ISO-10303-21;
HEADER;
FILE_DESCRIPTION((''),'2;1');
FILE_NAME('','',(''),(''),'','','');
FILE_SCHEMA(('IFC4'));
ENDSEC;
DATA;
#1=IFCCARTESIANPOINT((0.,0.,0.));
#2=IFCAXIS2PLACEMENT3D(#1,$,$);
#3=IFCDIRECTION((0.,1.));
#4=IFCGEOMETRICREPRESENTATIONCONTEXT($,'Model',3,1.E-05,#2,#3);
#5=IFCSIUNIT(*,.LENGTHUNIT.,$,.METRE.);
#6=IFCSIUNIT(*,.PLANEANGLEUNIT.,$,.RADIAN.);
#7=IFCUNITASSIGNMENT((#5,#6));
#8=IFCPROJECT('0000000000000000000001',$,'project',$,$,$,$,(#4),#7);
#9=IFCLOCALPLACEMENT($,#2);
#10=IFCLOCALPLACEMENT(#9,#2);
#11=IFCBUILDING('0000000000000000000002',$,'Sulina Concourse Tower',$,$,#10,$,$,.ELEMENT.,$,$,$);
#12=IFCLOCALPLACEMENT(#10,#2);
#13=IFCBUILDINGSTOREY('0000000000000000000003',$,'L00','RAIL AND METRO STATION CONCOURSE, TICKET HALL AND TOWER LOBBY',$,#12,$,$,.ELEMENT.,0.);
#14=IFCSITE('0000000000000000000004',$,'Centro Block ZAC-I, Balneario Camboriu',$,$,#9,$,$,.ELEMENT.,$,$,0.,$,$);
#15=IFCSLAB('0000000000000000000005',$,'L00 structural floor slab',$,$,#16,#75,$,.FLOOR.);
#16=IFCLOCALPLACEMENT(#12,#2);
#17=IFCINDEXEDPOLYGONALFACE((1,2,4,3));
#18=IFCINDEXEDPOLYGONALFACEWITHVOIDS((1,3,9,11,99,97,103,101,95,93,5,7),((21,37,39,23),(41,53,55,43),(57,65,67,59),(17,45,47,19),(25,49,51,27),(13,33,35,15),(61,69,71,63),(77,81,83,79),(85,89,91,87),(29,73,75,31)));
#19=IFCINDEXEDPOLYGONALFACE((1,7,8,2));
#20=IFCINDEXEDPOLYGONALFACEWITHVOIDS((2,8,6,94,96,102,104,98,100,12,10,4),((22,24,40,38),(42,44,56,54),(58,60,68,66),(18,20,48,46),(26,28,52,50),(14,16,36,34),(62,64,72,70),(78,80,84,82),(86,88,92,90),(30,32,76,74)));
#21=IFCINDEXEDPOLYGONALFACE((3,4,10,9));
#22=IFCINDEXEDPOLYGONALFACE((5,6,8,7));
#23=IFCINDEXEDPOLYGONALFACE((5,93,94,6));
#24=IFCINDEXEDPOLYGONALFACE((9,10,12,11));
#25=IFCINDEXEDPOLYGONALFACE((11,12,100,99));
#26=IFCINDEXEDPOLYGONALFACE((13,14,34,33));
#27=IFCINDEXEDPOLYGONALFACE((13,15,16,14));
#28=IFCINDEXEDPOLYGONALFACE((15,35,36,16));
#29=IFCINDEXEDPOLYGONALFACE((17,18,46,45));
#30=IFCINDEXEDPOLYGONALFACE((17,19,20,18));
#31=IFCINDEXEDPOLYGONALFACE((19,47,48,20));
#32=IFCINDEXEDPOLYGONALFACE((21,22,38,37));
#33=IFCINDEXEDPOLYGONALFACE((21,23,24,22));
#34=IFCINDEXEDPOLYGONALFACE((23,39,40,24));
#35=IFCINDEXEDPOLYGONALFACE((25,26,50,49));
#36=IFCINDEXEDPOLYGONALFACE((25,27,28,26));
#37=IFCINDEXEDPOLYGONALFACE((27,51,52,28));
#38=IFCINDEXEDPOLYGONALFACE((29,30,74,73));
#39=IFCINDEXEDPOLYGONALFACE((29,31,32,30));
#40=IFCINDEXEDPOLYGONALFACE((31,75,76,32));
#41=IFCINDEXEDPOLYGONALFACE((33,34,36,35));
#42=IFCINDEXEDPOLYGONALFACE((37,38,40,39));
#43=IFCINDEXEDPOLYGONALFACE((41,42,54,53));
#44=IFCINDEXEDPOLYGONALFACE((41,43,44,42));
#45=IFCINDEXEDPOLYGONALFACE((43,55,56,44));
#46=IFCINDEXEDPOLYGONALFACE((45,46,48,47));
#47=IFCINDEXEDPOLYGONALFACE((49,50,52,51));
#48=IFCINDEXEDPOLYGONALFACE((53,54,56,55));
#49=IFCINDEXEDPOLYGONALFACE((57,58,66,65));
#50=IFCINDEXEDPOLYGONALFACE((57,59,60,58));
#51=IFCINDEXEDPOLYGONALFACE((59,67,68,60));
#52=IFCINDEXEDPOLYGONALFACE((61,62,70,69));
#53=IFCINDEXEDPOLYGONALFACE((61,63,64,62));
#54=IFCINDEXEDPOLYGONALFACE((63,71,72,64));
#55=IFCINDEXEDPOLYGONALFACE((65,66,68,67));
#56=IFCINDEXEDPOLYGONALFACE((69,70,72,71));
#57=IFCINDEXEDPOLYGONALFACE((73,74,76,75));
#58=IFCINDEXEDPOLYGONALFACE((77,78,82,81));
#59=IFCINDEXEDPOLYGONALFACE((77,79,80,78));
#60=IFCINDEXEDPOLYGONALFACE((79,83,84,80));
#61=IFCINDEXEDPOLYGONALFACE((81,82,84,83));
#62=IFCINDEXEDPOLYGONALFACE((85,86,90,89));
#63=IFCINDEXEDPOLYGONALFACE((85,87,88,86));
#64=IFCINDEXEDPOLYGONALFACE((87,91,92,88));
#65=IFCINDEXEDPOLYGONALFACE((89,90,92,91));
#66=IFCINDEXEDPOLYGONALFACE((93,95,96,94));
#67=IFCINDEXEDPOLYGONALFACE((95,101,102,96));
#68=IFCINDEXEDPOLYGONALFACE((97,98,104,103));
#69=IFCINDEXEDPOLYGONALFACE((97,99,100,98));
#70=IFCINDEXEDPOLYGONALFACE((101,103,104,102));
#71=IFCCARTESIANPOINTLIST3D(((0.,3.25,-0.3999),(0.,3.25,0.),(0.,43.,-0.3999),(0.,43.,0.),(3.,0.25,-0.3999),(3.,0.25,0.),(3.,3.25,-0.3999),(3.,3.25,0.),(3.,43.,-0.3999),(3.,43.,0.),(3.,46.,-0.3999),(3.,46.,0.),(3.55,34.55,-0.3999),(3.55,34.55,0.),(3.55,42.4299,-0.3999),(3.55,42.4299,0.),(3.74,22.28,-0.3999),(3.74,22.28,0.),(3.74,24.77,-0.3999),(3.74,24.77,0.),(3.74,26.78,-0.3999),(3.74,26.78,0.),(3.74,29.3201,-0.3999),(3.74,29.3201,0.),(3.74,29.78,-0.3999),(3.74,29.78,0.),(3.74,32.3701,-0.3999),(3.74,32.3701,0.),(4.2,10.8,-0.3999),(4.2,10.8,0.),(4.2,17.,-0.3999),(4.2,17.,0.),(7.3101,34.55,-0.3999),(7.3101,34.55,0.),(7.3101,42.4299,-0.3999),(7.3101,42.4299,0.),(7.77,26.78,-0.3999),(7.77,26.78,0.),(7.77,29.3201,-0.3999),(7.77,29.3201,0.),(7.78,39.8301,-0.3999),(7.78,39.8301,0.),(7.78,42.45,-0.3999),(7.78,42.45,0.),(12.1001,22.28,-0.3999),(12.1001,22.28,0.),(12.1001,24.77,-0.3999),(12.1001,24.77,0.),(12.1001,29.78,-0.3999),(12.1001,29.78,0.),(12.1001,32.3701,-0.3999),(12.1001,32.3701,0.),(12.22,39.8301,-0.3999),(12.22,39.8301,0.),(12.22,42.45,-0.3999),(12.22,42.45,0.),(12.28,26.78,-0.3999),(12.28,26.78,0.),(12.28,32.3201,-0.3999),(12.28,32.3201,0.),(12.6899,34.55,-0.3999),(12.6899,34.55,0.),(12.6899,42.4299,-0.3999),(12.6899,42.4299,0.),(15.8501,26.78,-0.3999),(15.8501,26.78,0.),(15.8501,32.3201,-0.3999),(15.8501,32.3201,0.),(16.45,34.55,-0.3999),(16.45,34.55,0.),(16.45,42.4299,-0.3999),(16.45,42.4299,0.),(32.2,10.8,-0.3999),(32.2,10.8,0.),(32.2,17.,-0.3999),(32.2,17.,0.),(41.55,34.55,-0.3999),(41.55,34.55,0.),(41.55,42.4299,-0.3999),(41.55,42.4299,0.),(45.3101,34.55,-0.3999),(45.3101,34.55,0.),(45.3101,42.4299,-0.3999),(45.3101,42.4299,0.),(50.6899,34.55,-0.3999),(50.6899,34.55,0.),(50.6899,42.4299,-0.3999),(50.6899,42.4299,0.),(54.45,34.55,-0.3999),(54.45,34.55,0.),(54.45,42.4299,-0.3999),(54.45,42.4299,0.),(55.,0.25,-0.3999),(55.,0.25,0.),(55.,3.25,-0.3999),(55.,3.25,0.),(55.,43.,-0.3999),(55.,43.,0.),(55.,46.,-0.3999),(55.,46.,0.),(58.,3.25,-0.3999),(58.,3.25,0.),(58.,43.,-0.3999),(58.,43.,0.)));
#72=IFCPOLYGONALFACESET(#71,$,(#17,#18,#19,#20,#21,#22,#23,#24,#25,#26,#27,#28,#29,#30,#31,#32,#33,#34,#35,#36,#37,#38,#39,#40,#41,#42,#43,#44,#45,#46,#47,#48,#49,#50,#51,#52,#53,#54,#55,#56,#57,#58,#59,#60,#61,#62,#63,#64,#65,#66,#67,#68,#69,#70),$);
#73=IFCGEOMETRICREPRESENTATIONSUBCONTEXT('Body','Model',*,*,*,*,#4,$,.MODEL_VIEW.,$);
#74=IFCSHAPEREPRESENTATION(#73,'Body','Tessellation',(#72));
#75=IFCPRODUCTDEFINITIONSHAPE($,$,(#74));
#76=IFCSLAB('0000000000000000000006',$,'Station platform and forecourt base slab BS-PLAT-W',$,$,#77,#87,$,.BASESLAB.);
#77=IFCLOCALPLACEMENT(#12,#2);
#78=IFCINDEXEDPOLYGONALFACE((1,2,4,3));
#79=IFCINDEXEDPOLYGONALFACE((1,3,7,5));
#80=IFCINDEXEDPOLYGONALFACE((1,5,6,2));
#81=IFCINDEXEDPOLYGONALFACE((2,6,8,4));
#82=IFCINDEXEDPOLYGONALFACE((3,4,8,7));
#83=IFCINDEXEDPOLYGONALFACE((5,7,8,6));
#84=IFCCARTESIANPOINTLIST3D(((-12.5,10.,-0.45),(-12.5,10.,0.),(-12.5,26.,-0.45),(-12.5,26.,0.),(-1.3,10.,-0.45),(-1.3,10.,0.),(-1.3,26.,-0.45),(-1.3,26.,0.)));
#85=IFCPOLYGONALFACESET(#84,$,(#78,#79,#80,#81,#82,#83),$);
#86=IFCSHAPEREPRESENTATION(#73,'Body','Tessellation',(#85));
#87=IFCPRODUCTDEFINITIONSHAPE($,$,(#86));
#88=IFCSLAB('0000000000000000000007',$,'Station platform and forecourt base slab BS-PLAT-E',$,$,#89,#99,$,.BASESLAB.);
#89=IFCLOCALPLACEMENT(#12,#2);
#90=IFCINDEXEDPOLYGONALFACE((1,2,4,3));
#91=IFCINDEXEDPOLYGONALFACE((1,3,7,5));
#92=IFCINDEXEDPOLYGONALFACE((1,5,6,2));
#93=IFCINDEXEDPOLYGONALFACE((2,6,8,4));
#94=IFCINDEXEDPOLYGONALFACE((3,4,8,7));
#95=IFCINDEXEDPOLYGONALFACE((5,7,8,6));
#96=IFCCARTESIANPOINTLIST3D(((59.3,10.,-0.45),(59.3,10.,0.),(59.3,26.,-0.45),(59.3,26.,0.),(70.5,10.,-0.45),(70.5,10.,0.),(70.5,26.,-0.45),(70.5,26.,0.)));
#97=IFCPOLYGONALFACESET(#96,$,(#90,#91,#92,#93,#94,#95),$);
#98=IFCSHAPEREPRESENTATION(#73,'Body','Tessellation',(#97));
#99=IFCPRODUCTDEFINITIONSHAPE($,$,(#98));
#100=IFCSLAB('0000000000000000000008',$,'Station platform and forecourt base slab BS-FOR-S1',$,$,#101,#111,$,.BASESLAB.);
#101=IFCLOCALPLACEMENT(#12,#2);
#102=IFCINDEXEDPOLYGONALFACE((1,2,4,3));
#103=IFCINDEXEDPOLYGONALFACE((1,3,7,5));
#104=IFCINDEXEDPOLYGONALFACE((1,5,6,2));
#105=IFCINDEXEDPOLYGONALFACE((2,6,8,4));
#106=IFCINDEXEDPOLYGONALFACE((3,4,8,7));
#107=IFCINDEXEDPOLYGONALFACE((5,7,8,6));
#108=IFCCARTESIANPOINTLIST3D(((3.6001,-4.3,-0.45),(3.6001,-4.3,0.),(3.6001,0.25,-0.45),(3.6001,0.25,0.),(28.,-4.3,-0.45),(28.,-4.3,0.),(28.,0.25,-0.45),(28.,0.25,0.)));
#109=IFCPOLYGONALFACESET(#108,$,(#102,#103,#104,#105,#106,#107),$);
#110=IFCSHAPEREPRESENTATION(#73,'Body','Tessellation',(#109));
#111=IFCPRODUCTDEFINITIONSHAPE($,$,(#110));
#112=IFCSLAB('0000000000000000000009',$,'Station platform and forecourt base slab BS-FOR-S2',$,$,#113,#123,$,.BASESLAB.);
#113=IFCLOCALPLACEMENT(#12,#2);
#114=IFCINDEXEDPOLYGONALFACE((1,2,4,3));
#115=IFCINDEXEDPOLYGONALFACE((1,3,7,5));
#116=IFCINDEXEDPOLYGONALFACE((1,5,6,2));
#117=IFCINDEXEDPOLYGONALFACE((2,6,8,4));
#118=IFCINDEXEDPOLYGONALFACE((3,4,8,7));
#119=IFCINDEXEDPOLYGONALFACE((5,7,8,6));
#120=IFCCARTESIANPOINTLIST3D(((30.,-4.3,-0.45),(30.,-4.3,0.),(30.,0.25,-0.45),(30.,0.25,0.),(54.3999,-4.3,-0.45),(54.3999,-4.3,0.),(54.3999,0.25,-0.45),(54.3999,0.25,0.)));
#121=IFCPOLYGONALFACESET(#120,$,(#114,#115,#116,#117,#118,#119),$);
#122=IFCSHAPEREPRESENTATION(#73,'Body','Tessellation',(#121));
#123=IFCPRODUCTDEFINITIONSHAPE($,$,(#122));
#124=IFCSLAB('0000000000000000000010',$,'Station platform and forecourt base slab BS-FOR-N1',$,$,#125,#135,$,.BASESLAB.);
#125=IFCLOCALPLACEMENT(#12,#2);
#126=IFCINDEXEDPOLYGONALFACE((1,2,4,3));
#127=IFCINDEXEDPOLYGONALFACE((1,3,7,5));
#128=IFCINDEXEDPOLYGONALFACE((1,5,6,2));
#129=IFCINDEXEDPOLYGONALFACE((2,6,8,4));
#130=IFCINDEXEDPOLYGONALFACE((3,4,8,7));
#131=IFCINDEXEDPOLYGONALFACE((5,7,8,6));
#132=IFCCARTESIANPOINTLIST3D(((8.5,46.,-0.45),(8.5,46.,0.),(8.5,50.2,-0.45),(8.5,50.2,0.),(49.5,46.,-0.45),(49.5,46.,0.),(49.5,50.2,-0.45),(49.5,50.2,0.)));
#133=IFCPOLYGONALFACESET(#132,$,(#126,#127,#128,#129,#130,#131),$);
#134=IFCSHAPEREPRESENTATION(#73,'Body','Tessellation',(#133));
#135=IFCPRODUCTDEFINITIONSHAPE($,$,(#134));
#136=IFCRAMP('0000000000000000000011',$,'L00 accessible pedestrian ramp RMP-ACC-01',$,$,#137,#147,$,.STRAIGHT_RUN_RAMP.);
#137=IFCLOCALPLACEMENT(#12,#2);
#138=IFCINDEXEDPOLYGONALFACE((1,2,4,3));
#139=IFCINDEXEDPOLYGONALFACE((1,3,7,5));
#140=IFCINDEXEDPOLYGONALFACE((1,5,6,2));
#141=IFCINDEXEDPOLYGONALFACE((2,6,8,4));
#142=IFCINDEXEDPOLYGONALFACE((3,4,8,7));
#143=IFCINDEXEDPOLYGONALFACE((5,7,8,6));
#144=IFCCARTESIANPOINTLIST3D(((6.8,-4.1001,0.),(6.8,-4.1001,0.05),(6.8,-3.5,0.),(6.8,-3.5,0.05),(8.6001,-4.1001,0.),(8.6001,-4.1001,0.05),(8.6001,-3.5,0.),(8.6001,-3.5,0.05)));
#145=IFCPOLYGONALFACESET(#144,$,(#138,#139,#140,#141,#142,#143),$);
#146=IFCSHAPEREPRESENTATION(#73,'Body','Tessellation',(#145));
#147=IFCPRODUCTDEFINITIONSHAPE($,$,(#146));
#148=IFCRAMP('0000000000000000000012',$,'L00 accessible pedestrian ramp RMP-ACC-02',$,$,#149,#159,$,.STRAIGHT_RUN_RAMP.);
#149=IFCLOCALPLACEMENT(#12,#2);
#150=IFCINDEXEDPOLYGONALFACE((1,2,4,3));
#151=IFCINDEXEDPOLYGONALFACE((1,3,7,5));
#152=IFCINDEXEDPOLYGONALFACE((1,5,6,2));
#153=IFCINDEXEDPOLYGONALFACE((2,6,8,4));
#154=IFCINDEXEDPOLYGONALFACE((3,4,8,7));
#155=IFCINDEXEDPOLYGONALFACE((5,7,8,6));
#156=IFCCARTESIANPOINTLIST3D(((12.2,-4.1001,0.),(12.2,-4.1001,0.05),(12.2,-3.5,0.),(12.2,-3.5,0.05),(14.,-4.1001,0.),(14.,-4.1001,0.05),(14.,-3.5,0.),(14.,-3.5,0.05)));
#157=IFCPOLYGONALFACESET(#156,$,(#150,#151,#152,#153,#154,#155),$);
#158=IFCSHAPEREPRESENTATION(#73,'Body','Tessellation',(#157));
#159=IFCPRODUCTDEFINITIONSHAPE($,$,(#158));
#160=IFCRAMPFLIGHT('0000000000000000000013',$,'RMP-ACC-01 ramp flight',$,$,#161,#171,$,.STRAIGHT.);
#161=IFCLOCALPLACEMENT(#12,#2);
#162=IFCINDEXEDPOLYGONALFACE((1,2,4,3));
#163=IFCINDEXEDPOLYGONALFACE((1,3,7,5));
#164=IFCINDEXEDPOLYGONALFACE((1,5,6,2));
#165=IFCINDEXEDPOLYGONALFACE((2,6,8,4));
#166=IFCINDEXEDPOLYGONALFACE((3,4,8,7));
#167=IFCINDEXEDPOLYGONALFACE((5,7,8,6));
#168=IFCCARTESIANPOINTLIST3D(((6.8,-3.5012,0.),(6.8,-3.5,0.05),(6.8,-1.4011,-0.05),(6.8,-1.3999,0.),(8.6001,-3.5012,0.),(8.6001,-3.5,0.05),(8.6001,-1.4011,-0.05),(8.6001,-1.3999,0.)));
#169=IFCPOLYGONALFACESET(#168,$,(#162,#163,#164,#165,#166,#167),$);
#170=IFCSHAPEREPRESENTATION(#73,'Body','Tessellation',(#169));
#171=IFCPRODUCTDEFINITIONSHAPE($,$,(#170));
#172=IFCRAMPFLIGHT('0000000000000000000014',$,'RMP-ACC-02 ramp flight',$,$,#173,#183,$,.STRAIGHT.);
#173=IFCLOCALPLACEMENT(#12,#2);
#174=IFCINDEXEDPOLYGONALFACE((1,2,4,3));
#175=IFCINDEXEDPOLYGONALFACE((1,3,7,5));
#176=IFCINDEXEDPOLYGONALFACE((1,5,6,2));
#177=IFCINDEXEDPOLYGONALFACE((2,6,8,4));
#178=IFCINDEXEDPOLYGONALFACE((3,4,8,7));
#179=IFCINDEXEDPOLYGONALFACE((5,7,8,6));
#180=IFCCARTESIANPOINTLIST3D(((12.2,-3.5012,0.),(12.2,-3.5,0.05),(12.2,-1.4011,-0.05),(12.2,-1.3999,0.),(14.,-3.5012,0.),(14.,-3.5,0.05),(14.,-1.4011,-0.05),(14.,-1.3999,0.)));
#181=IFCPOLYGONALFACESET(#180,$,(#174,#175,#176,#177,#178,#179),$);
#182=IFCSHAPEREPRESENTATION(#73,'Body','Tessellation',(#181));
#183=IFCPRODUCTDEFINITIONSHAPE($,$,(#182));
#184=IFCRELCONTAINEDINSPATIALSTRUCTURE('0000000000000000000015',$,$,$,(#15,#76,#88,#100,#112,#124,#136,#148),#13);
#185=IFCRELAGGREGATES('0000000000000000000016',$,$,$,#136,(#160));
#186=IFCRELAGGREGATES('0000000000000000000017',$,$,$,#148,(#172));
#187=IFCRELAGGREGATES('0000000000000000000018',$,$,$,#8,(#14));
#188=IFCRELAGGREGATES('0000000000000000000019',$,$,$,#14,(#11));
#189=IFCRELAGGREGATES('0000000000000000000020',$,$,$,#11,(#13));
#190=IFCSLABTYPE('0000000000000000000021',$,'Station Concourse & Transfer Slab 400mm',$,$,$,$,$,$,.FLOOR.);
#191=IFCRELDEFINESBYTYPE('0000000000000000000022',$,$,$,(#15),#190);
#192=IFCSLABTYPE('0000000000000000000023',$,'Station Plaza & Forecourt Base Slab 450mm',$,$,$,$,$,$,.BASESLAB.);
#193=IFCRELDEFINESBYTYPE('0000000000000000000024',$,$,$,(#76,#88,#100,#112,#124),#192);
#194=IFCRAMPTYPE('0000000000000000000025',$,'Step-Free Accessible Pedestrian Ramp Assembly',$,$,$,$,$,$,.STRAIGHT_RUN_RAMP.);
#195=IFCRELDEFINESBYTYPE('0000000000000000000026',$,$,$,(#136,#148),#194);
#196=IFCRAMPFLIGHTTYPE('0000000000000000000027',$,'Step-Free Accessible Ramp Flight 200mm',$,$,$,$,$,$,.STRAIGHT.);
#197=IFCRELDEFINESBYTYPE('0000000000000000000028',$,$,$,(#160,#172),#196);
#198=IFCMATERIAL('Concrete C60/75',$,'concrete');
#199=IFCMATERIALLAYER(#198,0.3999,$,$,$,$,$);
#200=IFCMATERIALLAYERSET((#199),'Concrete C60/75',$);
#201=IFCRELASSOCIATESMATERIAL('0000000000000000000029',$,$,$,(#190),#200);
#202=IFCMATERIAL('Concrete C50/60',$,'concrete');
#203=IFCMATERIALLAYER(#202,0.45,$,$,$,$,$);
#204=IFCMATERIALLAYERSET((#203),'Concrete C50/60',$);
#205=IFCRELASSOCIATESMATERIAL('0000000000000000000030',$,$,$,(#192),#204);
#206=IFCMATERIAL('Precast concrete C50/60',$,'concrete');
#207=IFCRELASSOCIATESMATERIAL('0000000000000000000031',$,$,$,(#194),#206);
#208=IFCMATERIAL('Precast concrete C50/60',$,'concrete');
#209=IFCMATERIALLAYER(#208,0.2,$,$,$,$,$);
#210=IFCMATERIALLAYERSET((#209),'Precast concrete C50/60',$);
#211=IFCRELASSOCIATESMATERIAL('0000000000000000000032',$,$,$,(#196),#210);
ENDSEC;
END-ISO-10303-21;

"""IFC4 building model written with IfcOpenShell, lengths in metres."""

from ifc_helpers import new_model, si_unit, direction, frame, origin, place, context, subcontext, project, spatial, polyline, outline, extrude, material, layer, layer_set, type_object, element, aggregate, save


model = new_model("IFC4")

# Units and contexts
model_context = context("Model", 3, precision=1e-05, world=origin(), true_north=direction((0.0, 1.0)))
body_context = subcontext(model_context, "Body", "Model", "MODEL_VIEW")
ifc_project = project(units=[si_unit("LENGTHUNIT", "METRE"), si_unit("PLANEANGLEUNIT", "RADIAN")], contexts=[model_context])

# Site, building, storey
site_placement = place(None, origin())
site = spatial("IfcSite", under=ifc_project, at=site_placement, Name="Centro Block ZAC-I, Balneario Camboriu", CompositionType="ELEMENT", RefElevation=0.0)
building_placement = place(site_placement, origin())
building = spatial("IfcBuilding", under=site, at=building_placement, Name="Sulina Concourse Tower", CompositionType="ELEMENT")
storey_placement = place(building_placement, origin())
storey = spatial("IfcBuildingStorey", under=building, at=storey_placement, Name="L00", Description="RAIL AND METRO STATION CONCOURSE, TICKET HALL AND TOWER LOBBY", CompositionType="ELEMENT", Elevation=0.0)

# Slabs
ifc_material_1 = material(Name="Concrete C60/75", Category="concrete")
ifc_layer_1 = layer(ifc_material_1, 0.3999)
ifc_layer_set_1 = layer_set([ifc_layer_1], Name="Concrete C60/75")
slab_type_1 = type_object("IfcSlabType", Name="Station Concourse & Transfer Slab 400mm", PredefinedType="FLOOR", material=ifc_layer_set_1)
slab_1_placement = place(storey_placement, frame((0.0, 0.0, -0.3999)))
element("IfcSlab", 1, at=slab_1_placement, inside=storey, type_object=slab_type_1, Name="L00 structural floor slab", PredefinedType="FLOOR", context=body_context, shape_type="SweptSolid", body=[
    extrude(outline(polyline([(3.0, 0.25), (55.0, 0.25), (55.0, 3.25), (58.0, 3.25), (58.0, 43.0), (55.0, 43.0), (55.0, 46.0), (3.0, 46.0), (3.0, 43.0), (0.0, 43.0), (0.0, 3.25), (3.0, 3.25), (3.0, 0.25)]), holes=[polyline([(7.3101, 34.55), (7.3101, 42.4299), (3.55, 42.4299), (3.55, 34.55), (7.3101, 34.55)]), polyline([(16.45, 34.55), (16.45, 42.4299), (12.6899, 42.4299), (12.6899, 34.55), (16.45, 34.55)]), polyline([(45.3101, 34.55), (45.3101, 42.4299), (41.55, 42.4299), (41.55, 34.55), (45.3101, 34.55)]), polyline([(54.45, 34.55), (54.45, 42.4299), (50.6899, 42.4299), (50.6899, 34.55), (54.45, 34.55)]), polyline([(4.2, 10.8), (32.2, 10.8), (32.2, 17.0), (4.2, 17.0), (4.2, 10.8)]), polyline([(7.78, 39.8301), (12.22, 39.8301), (12.22, 42.45), (7.78, 42.45), (7.78, 39.8301)]), polyline([(3.74, 26.78), (7.77, 26.78), (7.77, 29.3201), (3.74, 29.3201), (3.74, 26.78)]), polyline([(3.74, 29.78), (12.1001, 29.78), (12.1001, 32.3701), (3.74, 32.3701), (3.74, 29.78)]), polyline([(3.74, 22.28), (12.1001, 22.28), (12.1001, 24.77), (3.74, 24.77), (3.74, 22.28)]), polyline([(12.28, 26.78), (15.8501, 26.78), (15.8501, 32.3201), (12.28, 32.3201), (12.28, 26.78)])]), origin(), (0.0, 0.0, 1.0), 0.3999),
])
ifc_material_2 = material(Name="Concrete C50/60", Category="concrete")
ifc_layer_2 = layer(ifc_material_2, 0.45)
ifc_layer_set_2 = layer_set([ifc_layer_2], Name="Concrete C50/60")
slab_type_2 = type_object("IfcSlabType", Name="Station Plaza & Forecourt Base Slab 450mm", PredefinedType="BASESLAB", material=ifc_layer_set_2)
slab_2_placement = place(storey_placement, frame((0.0, 0.0, -0.45)))
element("IfcSlab", 2, at=slab_2_placement, inside=storey, type_object=slab_type_2, Name="Station platform and forecourt base slab BS-PLAT-W", PredefinedType="BASESLAB", context=body_context, shape_type="SweptSolid", body=[
    extrude(outline(polyline([(-12.5, 10.0), (-1.3, 10.0), (-1.3, 26.0), (-12.5, 26.0), (-12.5, 10.0)])), origin(), (0.0, 0.0, 1.0), 0.45),
])
slab_3_placement = place(storey_placement, frame((0.0, 0.0, -0.45)))
element("IfcSlab", 3, at=slab_3_placement, inside=storey, type_object=slab_type_2, Name="Station platform and forecourt base slab BS-PLAT-E", PredefinedType="BASESLAB", context=body_context, shape_type="SweptSolid", body=[
    extrude(outline(polyline([(59.3, 10.0), (70.5, 10.0), (70.5, 26.0), (59.3, 26.0), (59.3, 10.0)])), origin(), (0.0, 0.0, 1.0), 0.45),
])
slab_4_placement = place(storey_placement, frame((0.0, 0.0, -0.45)))
element("IfcSlab", 4, at=slab_4_placement, inside=storey, type_object=slab_type_2, Name="Station platform and forecourt base slab BS-FOR-S1", PredefinedType="BASESLAB", context=body_context, shape_type="SweptSolid", body=[
    extrude(outline(polyline([(3.6001, -4.3), (28.0, -4.3), (28.0, 0.25), (3.6001, 0.25), (3.6001, -4.3)])), origin(), (0.0, 0.0, 1.0), 0.45),
])
slab_5_placement = place(storey_placement, frame((0.0, 0.0, -0.45)))
element("IfcSlab", 5, at=slab_5_placement, inside=storey, type_object=slab_type_2, Name="Station platform and forecourt base slab BS-FOR-S2", PredefinedType="BASESLAB", context=body_context, shape_type="SweptSolid", body=[
    extrude(outline(polyline([(30.0, -4.3), (54.3999, -4.3), (54.3999, 0.25), (30.0, 0.25), (30.0, -4.3)])), origin(), (0.0, 0.0, 1.0), 0.45),
])
slab_6_placement = place(storey_placement, frame((0.0, 0.0, -0.45)))
element("IfcSlab", 6, at=slab_6_placement, inside=storey, type_object=slab_type_2, Name="Station platform and forecourt base slab BS-FOR-N1", PredefinedType="BASESLAB", context=body_context, shape_type="SweptSolid", body=[
    extrude(outline(polyline([(8.5, 46.0), (49.5, 46.0), (49.5, 50.2), (8.5, 50.2), (8.5, 46.0)])), origin(), (0.0, 0.0, 1.0), 0.45),
])

# Ramps
ifc_material_3 = material(Name="Precast concrete C50/60", Category="concrete")
ramp_type = type_object("IfcRampType", Name="Step-Free Accessible Pedestrian Ramp Assembly", PredefinedType="STRAIGHT_RUN_RAMP", material=ifc_material_3)
ramp_1_placement = place(storey_placement, origin())
ramp_1 = element("IfcRamp", 7, at=ramp_1_placement, inside=storey, type_object=ramp_type, Name="L00 accessible pedestrian ramp RMP-ACC-01", PredefinedType="STRAIGHT_RUN_RAMP", context=body_context, shape_type="SweptSolid", body=[
    extrude(outline(polyline([(6.8, -4.1001), (8.6001, -4.1001), (8.6001, -3.5), (6.8, -3.5), (6.8, -4.1001)])), origin(), (0.0, 0.0, 1.0), 0.05),
])
ramp_2_placement = place(storey_placement, origin())
ramp_2 = element("IfcRamp", 8, at=ramp_2_placement, inside=storey, type_object=ramp_type, Name="L00 accessible pedestrian ramp RMP-ACC-02", PredefinedType="STRAIGHT_RUN_RAMP", context=body_context, shape_type="SweptSolid", body=[
    extrude(outline(polyline([(12.2, -4.1001), (14.0, -4.1001), (14.0, -3.5), (12.2, -3.5), (12.2, -4.1001)])), origin(), (0.0, 0.0, 1.0), 0.05),
])

# Ramp flights
ifc_material_4 = material(Name="Precast concrete C50/60", Category="concrete")
ifc_layer_3 = layer(ifc_material_4, 0.2)
ifc_layer_set_3 = layer_set([ifc_layer_3], Name="Precast concrete C50/60")
ramp_flight_type = type_object("IfcRampFlightType", Name="Step-Free Accessible Ramp Flight 200mm", PredefinedType="STRAIGHT", material=ifc_layer_set_3)
ramp_flight_1_placement = place(storey_placement, frame((6.8, -3.5, 0.05), z_axis=(0.0, 0.023825, 0.999716), x_axis=(1.0, 0.0, 0.0)))
ramp_flight_1 = element("IfcRampFlight", 9, at=ramp_flight_1_placement, type_object=ramp_flight_type, Name="RMP-ACC-01 ramp flight", PredefinedType="STRAIGHT", context=body_context, shape_type="SweptSolid", body=[
    extrude(outline(polyline([(0.0, 0.0), (1.8, 0.0), (1.8, 2.1007), (0.0, 2.1007), (0.0, 0.0)])), origin(), (0.0, 0.0, -1.0), 0.05),
])
aggregate(ramp_1, [ramp_flight_1])
ramp_flight_2_placement = place(storey_placement, frame((12.2, -3.5, 0.05), z_axis=(0.0, 0.023825, 0.999716), x_axis=(1.0, 0.0, 0.0)))
ramp_flight_2 = element("IfcRampFlight", 10, at=ramp_flight_2_placement, type_object=ramp_flight_type, Name="RMP-ACC-02 ramp flight", PredefinedType="STRAIGHT", context=body_context, shape_type="SweptSolid", body=[
    extrude(outline(polyline([(0.0, 0.0), (1.8, 0.0), (1.8, 2.1007), (0.0, 2.1007), (0.0, 0.0)])), origin(), (0.0, 0.0, -1.0), 0.05),
])
aggregate(ramp_2, [ramp_flight_2])

save(model, "model.ifc")
